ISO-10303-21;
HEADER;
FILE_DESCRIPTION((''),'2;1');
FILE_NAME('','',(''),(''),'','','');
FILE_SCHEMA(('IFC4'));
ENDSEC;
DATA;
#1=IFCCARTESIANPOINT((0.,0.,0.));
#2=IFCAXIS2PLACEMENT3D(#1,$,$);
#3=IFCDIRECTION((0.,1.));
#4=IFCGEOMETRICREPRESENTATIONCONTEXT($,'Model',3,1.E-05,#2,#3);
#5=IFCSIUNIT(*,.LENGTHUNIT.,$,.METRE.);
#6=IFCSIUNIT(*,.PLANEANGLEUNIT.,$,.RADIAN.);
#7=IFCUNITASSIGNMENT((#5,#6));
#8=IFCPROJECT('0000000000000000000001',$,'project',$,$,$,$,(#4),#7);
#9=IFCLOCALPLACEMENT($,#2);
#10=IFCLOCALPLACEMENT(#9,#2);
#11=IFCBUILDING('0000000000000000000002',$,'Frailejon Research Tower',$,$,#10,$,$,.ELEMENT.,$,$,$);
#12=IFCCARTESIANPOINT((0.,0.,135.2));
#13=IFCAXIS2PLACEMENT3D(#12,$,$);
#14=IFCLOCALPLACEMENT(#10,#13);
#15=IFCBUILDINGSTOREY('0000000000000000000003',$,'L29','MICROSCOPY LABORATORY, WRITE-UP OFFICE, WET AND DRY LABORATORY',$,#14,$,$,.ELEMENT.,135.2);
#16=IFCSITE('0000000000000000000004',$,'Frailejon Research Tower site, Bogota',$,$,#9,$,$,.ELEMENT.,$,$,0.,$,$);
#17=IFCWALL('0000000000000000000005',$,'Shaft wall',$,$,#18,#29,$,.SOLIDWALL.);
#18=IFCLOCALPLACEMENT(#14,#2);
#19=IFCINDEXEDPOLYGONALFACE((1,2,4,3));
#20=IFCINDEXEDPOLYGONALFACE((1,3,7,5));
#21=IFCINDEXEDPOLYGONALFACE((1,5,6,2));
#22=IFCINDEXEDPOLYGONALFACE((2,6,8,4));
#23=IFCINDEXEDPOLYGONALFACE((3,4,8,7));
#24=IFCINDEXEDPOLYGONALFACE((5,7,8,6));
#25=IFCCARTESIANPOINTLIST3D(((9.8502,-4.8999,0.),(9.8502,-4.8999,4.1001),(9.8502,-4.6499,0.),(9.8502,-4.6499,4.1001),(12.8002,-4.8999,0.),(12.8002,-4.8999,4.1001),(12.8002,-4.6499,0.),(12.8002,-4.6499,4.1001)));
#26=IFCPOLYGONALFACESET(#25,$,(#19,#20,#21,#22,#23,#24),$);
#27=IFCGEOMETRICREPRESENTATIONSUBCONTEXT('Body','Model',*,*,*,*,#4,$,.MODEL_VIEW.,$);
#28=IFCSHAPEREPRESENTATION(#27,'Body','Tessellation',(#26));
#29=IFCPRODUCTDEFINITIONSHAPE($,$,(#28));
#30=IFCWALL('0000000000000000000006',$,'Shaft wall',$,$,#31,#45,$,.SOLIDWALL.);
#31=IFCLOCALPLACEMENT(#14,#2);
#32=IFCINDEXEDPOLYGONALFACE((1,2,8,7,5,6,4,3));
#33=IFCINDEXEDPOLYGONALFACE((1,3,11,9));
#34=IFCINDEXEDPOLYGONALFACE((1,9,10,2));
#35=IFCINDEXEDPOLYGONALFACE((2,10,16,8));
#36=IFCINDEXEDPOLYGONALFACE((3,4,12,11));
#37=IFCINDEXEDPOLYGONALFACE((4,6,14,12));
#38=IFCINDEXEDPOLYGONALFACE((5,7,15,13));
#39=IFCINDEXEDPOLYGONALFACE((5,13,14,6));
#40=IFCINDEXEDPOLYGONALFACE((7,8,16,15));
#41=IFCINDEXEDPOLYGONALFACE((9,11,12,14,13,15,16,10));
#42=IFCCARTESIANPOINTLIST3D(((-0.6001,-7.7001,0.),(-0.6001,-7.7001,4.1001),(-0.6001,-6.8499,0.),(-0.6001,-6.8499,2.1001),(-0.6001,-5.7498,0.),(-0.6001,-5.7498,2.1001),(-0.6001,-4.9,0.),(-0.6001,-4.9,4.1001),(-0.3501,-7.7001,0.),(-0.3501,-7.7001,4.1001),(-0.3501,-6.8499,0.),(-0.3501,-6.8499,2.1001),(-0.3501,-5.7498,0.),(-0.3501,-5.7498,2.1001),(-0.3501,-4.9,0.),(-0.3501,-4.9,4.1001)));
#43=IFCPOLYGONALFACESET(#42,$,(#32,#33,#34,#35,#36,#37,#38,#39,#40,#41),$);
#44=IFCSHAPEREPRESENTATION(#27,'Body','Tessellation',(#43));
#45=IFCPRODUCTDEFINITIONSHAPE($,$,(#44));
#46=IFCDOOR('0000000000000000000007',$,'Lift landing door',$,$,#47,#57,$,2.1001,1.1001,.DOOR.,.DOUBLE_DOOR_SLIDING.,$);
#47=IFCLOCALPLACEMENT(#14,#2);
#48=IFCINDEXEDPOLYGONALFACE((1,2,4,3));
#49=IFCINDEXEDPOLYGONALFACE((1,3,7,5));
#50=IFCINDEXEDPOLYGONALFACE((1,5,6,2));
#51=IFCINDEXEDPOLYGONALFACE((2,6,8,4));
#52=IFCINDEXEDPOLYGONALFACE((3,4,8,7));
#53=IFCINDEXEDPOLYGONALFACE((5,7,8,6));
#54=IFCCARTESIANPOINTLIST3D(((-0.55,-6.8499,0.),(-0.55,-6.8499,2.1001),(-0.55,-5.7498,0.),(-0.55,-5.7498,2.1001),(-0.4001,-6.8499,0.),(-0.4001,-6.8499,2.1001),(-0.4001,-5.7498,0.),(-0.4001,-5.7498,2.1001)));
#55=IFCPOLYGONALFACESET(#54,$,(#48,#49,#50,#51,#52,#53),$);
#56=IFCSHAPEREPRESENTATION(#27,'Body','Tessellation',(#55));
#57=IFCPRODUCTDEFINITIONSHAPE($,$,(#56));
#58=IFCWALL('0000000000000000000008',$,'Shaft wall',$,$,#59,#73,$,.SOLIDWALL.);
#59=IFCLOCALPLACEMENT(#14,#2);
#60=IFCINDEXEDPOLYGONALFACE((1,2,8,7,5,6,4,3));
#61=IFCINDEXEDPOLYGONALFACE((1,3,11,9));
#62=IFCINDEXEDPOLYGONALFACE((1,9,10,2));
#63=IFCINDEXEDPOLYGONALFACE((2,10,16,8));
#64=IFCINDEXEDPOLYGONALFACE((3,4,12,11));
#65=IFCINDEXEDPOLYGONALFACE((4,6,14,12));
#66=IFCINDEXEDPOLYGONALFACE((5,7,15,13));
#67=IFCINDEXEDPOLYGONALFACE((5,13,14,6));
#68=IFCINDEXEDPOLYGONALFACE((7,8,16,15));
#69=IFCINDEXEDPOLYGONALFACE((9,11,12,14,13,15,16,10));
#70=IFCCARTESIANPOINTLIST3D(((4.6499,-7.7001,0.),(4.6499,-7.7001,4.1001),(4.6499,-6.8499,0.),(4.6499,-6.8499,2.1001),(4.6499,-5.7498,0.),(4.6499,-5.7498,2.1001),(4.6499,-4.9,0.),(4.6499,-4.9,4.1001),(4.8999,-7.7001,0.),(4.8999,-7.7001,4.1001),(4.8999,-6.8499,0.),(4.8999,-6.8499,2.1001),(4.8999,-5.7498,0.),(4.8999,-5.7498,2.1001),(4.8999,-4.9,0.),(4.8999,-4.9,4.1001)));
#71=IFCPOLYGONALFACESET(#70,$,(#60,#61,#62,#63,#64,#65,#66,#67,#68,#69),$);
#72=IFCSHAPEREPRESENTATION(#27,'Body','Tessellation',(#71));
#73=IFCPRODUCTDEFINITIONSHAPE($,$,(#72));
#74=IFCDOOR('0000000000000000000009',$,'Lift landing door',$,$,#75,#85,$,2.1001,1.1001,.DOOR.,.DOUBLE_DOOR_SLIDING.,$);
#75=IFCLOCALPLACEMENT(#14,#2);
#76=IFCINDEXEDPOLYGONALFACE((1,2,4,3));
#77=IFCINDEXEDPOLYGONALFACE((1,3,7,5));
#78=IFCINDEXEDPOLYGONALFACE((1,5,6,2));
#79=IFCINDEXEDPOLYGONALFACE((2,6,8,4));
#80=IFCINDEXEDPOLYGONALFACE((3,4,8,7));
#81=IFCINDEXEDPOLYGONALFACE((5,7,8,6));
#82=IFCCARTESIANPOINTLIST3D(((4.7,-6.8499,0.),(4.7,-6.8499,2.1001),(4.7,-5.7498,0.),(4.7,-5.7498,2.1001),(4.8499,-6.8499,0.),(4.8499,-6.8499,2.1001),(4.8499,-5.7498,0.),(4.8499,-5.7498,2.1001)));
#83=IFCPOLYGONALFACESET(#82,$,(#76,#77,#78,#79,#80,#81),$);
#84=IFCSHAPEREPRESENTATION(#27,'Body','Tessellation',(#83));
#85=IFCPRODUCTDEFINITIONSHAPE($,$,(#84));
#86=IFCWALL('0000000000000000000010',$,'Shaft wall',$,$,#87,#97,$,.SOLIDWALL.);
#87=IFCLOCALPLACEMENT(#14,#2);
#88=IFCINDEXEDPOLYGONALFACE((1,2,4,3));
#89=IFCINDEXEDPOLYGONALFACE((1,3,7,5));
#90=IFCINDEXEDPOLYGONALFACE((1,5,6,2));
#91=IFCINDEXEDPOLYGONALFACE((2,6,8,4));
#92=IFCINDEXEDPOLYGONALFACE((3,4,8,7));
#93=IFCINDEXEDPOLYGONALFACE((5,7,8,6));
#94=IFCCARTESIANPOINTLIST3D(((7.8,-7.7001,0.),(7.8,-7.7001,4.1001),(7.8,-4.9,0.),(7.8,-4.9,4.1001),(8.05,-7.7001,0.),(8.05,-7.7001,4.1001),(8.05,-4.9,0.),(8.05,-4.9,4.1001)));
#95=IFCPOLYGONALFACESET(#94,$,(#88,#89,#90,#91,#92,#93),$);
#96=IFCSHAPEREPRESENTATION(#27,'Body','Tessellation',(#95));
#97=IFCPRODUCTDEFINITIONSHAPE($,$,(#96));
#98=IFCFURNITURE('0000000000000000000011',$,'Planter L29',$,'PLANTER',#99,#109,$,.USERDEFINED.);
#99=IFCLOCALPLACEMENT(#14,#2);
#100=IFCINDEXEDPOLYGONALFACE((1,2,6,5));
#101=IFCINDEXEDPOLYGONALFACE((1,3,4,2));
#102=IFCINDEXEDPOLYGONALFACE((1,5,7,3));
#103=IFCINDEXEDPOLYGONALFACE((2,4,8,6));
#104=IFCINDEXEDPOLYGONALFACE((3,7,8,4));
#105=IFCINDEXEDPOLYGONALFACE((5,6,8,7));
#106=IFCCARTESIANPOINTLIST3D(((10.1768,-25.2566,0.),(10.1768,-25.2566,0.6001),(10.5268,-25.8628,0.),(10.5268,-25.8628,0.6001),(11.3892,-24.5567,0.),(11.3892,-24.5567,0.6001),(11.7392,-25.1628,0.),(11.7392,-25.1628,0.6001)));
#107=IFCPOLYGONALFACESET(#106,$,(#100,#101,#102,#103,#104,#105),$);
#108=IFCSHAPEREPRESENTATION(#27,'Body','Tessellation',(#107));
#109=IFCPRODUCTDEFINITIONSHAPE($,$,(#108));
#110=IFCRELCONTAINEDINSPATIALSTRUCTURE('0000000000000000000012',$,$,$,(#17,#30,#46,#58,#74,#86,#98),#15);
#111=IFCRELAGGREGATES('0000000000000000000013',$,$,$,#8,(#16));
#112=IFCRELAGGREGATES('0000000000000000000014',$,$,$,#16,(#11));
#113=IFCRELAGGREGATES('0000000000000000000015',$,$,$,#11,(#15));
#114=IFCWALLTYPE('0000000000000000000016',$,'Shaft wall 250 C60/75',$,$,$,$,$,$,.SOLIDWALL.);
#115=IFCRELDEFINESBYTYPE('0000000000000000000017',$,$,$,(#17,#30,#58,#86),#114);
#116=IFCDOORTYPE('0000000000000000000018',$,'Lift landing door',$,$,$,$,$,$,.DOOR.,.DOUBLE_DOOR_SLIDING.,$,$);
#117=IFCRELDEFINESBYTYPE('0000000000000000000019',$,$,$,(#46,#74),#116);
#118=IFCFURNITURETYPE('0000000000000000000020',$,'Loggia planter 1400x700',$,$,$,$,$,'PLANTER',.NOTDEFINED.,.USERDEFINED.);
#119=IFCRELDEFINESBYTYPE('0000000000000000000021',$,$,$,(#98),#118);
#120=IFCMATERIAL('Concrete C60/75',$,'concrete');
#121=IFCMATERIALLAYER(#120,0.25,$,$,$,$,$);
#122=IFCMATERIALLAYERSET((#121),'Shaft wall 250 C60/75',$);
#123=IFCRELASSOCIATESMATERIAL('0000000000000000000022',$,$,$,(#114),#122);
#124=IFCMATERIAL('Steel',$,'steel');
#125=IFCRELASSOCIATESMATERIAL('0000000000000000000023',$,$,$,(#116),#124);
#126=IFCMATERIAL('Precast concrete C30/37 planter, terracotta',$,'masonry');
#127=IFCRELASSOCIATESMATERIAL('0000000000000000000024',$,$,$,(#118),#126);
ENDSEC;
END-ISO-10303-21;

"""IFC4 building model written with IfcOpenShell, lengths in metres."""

from ifc_helpers import new_model, si_unit, direction, frame, frame_2d, origin, origin_2d, place, context, subcontext, project, spatial, rectangle, extrude, material, layer, layer_set, type_object, element, fill, save


model = new_model("IFC4")

# Units and contexts
model_context = context("Model", 3, precision=1e-05, world=origin(), true_north=direction((0.0, 1.0)))
body_context = subcontext(model_context, "Body", "Model", "MODEL_VIEW")
ifc_project = project(units=[si_unit("LENGTHUNIT", "METRE"), si_unit("PLANEANGLEUNIT", "RADIAN")], contexts=[model_context])

# Site, building, storey
site_placement = place(None, origin())
site = spatial("IfcSite", under=ifc_project, at=site_placement, Name="Frailejon Research Tower site, Bogota", CompositionType="ELEMENT", RefElevation=0.0)
building_placement = place(site_placement, origin())
building = spatial("IfcBuilding", under=site, at=building_placement, Name="Frailejon Research Tower", CompositionType="ELEMENT")
storey_placement = place(building_placement, frame((0.0, 0.0, 135.2)))
storey = spatial("IfcBuildingStorey", under=building, at=storey_placement, Name="L29", Description="MICROSCOPY LABORATORY, WRITE-UP OFFICE, WET AND DRY LABORATORY", CompositionType="ELEMENT", Elevation=135.2)

# Shared definitions
ifc_material_1 = material(Name="Concrete C60/75", Category="concrete")
ifc_layer_1 = layer(ifc_material_1, 0.25)
ifc_layer_set_1 = layer_set([ifc_layer_1], Name="Shaft wall 250 C60/75")
wall_type_1 = type_object("IfcWallType", Name="Shaft wall 250 C60/75", PredefinedType="SOLIDWALL", material=ifc_layer_set_1)

# Wall
wall_1_placement = place(storey_placement, frame((9.8501, -4.7749, 0.0), z_axis=(0.0, 0.0, 1.0), x_axis=(1.0, 0.0, 0.0)))
element("IfcWall", 1, at=wall_1_placement, inside=storey, type_object=wall_type_1, Name="Shaft wall", PredefinedType="SOLIDWALL", context=body_context, shape_type="SweptSolid", body=[
    extrude(rectangle(XDim=2.95, YDim=0.25, at=frame_2d((1.4751, 0.0))), origin(), (0.0, 0.0, 1.0), 4.1001),
])

# Walls, openings, doors
wall_2_placement = place(storey_placement, frame((-0.4751, -7.7, 0.0), z_axis=(0.0, 0.0, 1.0), x_axis=(0.0, 1.0, 0.0)))
wall_2 = element("IfcWall", 2, at=wall_2_placement, inside=storey, type_object=wall_type_1, Name="Shaft wall", PredefinedType="SOLIDWALL", context=body_context, shape_type="SweptSolid", body=[
    extrude(rectangle(XDim=2.8, YDim=0.25, at=frame_2d((1.3999, 0.0))), origin(), (0.0, 0.0, 1.0), 4.1001),
])
opening_1_placement = place(wall_2_placement, frame((0.8501, 0.0, 0.0)))
opening_1 = element("IfcOpeningElement", 3, at=opening_1_placement, cuts=wall_2, PredefinedType="OPENING", context=body_context, shape_type="SweptSolid", body=[
    extrude(rectangle(XDim=1.1001, YDim=2.1001, at=frame_2d((0.55, 1.05))), frame((0.0, 0.135, 0.0), z_axis=(0.0, -1.0, 0.0), x_axis=(1.0, 0.0, 0.0)), (0.0, 0.0, 1.0), 0.27),
])
ifc_material_2 = material(Name="Steel", Category="steel")
door_type_1 = type_object("IfcDoorType", Name="Lift landing door", OperationType="DOUBLE_DOOR_SLIDING", PredefinedType="DOOR", material=ifc_material_2)
door_1_placement = place(opening_1_placement, origin())
door_1 = element("IfcDoor", 4, at=door_1_placement, inside=storey, type_object=door_type_1, Name="Lift landing door", OperationType="DOUBLE_DOOR_SLIDING", OverallHeight=2.1001, OverallWidth=1.1001, PredefinedType="DOOR", context=body_context, shape_type="SweptSolid", body=[
    extrude(rectangle(XDim=1.1001, YDim=2.1001, at=frame_2d((0.55, 1.05))), frame((0.0, 0.075, 0.0), z_axis=(0.0, -1.0, 0.0), x_axis=(1.0, 0.0, 0.0)), (0.0, 0.0, 1.0), 0.1499),
])
fill(opening_1, door_1)
wall_3_placement = place(storey_placement, frame((4.7749, -7.7, 0.0), z_axis=(0.0, 0.0, 1.0), x_axis=(0.0, 1.0, 0.0)))
wall_3 = element("IfcWall", 5, at=wall_3_placement, inside=storey, type_object=wall_type_1, Name="Shaft wall", PredefinedType="SOLIDWALL", context=body_context, shape_type="SweptSolid", body=[
    extrude(rectangle(XDim=2.8, YDim=0.25, at=frame_2d((1.3999, 0.0))), origin(), (0.0, 0.0, 1.0), 4.1001),
])
opening_2_placement = place(wall_3_placement, frame((0.8501, 0.0, 0.0)))
opening_2 = element("IfcOpeningElement", 6, at=opening_2_placement, cuts=wall_3, PredefinedType="OPENING", context=body_context, shape_type="SweptSolid", body=[
    extrude(rectangle(XDim=1.1001, YDim=2.1001, at=frame_2d((0.55, 1.05))), frame((0.0, 0.135, 0.0), z_axis=(0.0, -1.0, 0.0), x_axis=(1.0, 0.0, 0.0)), (0.0, 0.0, 1.0), 0.27),
])
door_2_placement = place(opening_2_placement, origin())
door_2 = element("IfcDoor", 7, at=door_2_placement, inside=storey, type_object=door_type_1, Name="Lift landing door", OperationType="DOUBLE_DOOR_SLIDING", OverallHeight=2.1001, OverallWidth=1.1001, PredefinedType="DOOR", context=body_context, shape_type="SweptSolid", body=[
    extrude(rectangle(XDim=1.1001, YDim=2.1001, at=frame_2d((0.55, 1.05))), frame((0.0, 0.075, 0.0), z_axis=(0.0, -1.0, 0.0), x_axis=(1.0, 0.0, 0.0)), (0.0, 0.0, 1.0), 0.1499),
])
fill(opening_2, door_2)

# Wall
wall_4_placement = place(storey_placement, frame((7.925, -7.7, 0.0), z_axis=(0.0, 0.0, 1.0), x_axis=(0.0, 1.0, 0.0)))
element("IfcWall", 8, at=wall_4_placement, inside=storey, type_object=wall_type_1, Name="Shaft wall", PredefinedType="SOLIDWALL", context=body_context, shape_type="SweptSolid", body=[
    extrude(rectangle(XDim=2.8, YDim=0.25, at=frame_2d((1.3999, 0.0))), origin(), (0.0, 0.0, 1.0), 4.1001),
])

# Furniture
ifc_material_3 = material(Name="Precast concrete C30/37 planter, terracotta", Category="masonry")
furniture_type = type_object("IfcFurnitureType", Name="Loggia planter 1400x700", ElementType="PLANTER", AssemblyPlace="NOTDEFINED", PredefinedType="USERDEFINED", material=ifc_material_3)
furniture_placement = place(storey_placement, frame((10.958, -25.2097, 0.0), z_axis=(0.0, 0.0, 1.0), x_axis=(0.866025, 0.5, 0.0)))
element("IfcFurniture", 9, at=furniture_placement, inside=storey, type_object=furniture_type, Name="Planter L29", ObjectType="PLANTER", PredefinedType="USERDEFINED", context=body_context, shape_type="SweptSolid", body=[
    extrude(rectangle(XDim=1.3999, YDim=0.7, at=origin_2d()), origin(), (0.0, 0.0, 1.0), 0.6001),
])

save(model, "model.ifc")
